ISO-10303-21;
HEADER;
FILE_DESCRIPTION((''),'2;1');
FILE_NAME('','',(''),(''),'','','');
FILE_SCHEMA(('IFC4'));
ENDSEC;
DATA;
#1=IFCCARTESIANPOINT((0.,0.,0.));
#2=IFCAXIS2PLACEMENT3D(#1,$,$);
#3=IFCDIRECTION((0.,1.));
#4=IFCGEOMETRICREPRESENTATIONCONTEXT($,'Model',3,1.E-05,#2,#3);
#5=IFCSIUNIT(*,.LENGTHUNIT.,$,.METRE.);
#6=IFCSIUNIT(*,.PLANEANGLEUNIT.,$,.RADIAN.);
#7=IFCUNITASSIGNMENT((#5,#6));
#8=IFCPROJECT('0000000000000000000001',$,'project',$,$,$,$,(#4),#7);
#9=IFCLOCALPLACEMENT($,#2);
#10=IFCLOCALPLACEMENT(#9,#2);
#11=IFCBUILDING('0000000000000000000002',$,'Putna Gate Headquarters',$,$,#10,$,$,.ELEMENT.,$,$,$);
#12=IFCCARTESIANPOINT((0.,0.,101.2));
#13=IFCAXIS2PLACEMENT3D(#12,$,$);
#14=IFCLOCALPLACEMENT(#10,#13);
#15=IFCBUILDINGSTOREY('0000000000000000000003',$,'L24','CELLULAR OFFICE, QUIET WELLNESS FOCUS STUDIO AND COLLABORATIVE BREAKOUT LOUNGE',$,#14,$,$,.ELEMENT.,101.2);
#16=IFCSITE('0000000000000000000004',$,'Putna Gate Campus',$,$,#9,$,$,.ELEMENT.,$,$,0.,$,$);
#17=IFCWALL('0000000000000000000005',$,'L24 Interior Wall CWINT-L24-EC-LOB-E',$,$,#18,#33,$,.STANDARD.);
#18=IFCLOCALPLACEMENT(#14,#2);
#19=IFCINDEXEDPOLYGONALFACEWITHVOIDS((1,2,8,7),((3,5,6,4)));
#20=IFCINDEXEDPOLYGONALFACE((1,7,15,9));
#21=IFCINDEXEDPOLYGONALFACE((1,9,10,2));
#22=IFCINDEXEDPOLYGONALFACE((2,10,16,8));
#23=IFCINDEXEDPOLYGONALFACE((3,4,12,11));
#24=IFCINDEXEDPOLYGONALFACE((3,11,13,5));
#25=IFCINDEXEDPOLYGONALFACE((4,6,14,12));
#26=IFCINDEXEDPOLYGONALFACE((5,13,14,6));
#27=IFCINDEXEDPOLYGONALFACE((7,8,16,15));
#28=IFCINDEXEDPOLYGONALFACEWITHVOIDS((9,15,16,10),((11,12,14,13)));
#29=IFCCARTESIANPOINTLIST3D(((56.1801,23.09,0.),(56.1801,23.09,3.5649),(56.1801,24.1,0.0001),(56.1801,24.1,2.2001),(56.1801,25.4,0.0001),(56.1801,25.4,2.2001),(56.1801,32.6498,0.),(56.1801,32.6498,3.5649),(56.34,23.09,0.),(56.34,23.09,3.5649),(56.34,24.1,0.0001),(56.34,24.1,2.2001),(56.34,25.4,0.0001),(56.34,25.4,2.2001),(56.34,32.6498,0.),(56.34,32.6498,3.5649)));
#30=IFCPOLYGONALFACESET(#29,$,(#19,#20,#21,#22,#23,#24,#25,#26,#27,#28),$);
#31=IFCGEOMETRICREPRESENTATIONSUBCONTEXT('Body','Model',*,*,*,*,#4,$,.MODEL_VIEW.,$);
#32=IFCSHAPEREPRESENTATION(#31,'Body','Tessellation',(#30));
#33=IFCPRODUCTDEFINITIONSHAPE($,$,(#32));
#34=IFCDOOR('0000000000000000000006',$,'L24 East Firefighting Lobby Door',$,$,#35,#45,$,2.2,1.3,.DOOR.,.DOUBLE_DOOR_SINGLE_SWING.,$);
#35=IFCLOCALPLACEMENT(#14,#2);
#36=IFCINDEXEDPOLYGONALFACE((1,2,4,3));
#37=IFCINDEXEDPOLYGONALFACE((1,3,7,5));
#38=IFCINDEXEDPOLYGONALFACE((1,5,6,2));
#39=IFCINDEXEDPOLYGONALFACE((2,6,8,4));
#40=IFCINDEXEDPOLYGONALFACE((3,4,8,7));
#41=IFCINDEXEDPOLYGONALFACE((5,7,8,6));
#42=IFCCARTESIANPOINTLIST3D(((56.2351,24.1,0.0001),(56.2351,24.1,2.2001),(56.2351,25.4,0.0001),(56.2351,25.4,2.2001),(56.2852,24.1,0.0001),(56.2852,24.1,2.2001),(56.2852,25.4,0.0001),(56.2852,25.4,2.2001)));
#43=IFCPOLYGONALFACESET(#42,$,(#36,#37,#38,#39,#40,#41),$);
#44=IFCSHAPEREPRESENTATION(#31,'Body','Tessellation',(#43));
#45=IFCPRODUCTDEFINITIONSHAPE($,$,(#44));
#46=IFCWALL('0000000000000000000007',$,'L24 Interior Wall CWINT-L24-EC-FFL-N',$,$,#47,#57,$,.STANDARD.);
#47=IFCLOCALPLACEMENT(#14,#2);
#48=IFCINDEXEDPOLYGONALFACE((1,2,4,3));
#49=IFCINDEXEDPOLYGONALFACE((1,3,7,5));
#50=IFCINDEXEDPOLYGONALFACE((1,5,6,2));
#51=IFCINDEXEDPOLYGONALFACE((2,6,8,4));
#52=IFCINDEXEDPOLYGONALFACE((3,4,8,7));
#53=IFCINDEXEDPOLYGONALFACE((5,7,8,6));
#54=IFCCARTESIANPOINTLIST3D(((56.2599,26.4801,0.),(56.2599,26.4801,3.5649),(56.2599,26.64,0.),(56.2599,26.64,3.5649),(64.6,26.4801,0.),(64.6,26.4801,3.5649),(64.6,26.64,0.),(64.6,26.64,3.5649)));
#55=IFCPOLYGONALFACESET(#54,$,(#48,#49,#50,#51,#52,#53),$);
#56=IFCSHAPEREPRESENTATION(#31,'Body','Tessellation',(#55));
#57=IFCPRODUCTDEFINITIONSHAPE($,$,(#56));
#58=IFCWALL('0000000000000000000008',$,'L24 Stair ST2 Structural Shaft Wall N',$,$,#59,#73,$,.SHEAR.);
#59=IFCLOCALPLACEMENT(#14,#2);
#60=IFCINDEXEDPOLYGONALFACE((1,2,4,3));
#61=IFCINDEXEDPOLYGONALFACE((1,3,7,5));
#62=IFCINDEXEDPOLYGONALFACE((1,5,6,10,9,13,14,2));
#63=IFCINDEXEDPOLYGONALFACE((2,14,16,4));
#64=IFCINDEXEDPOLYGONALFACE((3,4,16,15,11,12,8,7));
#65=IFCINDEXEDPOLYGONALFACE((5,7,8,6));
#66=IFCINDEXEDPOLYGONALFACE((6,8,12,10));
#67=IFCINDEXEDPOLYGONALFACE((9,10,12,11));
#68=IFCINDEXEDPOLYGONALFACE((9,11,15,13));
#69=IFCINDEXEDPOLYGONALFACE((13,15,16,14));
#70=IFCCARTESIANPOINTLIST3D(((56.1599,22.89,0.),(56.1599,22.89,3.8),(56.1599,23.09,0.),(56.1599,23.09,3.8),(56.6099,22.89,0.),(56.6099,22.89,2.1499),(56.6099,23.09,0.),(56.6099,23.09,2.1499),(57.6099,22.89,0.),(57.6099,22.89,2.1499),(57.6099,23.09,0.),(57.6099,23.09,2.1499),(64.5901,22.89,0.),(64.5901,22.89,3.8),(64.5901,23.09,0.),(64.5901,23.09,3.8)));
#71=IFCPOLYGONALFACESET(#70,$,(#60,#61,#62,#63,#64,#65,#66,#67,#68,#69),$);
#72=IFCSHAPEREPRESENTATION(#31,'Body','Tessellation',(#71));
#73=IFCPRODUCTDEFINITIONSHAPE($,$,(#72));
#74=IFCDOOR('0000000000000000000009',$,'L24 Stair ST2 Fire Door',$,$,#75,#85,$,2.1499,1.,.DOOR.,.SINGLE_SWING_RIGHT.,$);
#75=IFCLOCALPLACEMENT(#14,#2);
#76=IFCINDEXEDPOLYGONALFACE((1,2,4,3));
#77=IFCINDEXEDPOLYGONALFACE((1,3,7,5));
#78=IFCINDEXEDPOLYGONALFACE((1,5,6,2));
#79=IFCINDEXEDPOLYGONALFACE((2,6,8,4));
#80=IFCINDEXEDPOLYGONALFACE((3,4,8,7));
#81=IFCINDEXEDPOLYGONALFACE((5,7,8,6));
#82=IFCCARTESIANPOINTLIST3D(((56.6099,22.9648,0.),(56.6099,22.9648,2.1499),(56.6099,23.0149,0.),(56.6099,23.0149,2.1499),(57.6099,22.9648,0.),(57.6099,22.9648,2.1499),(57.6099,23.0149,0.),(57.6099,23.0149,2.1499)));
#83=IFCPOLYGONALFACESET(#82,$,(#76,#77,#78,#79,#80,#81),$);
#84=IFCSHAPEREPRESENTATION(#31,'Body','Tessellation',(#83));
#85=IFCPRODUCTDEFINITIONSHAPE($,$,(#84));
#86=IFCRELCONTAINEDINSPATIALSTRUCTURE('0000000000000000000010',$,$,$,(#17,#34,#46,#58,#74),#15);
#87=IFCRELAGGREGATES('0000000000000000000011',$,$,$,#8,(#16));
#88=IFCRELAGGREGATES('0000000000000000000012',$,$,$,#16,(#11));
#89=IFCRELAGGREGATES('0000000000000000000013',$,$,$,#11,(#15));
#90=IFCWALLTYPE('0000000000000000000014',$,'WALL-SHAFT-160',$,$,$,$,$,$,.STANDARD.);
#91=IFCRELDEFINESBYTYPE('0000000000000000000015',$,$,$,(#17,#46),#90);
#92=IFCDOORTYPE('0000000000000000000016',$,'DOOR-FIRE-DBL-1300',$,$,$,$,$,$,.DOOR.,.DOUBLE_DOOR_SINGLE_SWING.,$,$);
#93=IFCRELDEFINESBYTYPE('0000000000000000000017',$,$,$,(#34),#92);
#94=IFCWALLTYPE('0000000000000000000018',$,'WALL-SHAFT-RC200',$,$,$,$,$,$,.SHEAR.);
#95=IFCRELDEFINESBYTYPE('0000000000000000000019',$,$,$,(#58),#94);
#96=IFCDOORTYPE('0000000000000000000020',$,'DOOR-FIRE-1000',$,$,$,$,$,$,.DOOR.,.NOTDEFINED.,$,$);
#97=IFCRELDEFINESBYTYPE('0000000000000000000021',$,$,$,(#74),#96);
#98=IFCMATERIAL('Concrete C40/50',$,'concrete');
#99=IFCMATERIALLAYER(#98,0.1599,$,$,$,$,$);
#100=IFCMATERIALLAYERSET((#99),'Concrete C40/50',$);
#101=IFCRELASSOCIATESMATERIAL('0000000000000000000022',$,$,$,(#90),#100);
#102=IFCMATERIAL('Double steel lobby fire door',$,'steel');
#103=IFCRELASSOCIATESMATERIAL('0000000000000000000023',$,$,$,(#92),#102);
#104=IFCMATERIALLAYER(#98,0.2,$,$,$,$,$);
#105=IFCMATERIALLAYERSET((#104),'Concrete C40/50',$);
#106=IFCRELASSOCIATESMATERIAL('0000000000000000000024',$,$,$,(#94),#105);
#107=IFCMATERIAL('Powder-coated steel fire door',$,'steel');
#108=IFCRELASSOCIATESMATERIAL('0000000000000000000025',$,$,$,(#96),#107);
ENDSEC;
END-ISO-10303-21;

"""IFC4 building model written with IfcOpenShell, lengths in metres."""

from ifc_helpers import new_model, si_unit, direction, frame, frame_2d, origin, place, context, subcontext, project, spatial, rectangle, extrude, material, layer, layer_set, type_object, element, fill, save


model = new_model("IFC4")

# Units and contexts
model_context = context("Model", 3, precision=1e-05, world=origin(), true_north=direction((0.0, 1.0)))
body_context = subcontext(model_context, "Body", "Model", "MODEL_VIEW")
ifc_project = project(units=[si_unit("LENGTHUNIT", "METRE"), si_unit("PLANEANGLEUNIT", "RADIAN")], contexts=[model_context])

# Site, building, storey
site_placement = place(None, origin())
site = spatial("IfcSite", under=ifc_project, at=site_placement, Name="Putna Gate Campus", CompositionType="ELEMENT", RefElevation=0.0)
building_placement = place(site_placement, origin())
building = spatial("IfcBuilding", under=site, at=building_placement, Name="Putna Gate Headquarters", CompositionType="ELEMENT")
storey_placement = place(building_placement, frame((0.0, 0.0, 101.2)))
storey = spatial("IfcBuildingStorey", under=building, at=storey_placement, Name="L24", Description="CELLULAR OFFICE, QUIET WELLNESS FOCUS STUDIO AND COLLABORATIVE BREAKOUT LOUNGE", CompositionType="ELEMENT", Elevation=101.2)

# Wall, opening, door
ifc_material_1 = material(Name="Concrete C40/50", Category="concrete")
ifc_layer_1 = layer(ifc_material_1, 0.1599)
ifc_layer_set_1 = layer_set([ifc_layer_1], Name="Concrete C40/50")
wall_type_1 = type_object("IfcWallType", Name="WALL-SHAFT-160", PredefinedType="STANDARD", material=ifc_layer_set_1)
wall_1_placement = place(storey_placement, frame((56.26, 23.0901, 0.0), z_axis=(0.0, 0.0, 1.0), x_axis=(0.0, 1.0, 0.0)))
wall_1 = element("IfcWall", 1, at=wall_1_placement, inside=storey, type_object=wall_type_1, Name="L24 Interior Wall CWINT-L24-EC-LOB-E", PredefinedType="STANDARD", context=body_context, shape_type="SweptSolid", body=[
    extrude(rectangle(XDim=9.5598, YDim=0.1599, at=frame_2d((4.7798, 0.0))), origin(), (0.0, 0.0, 1.0), 3.5649),
])
opening_1_placement = place(wall_1_placement, frame((1.01, 0.0, 0.0)))
opening_1 = element("IfcOpeningElement", 2, at=opening_1_placement, cuts=wall_1, PredefinedType="OPENING", context=body_context, shape_type="SweptSolid", body=[
    extrude(rectangle(XDim=1.3, YDim=2.2, at=frame_2d((0.6499, 1.1001))), frame((0.0, 0.0898, 0.0), z_axis=(0.0, -1.0, 0.0), x_axis=(1.0, 0.0, 0.0)), (0.0, 0.0, 1.0), 0.1799),
])
ifc_material_2 = material(Name="Double steel lobby fire door", Category="steel")
door_type_1 = type_object("IfcDoorType", Name="DOOR-FIRE-DBL-1300", OperationType="DOUBLE_DOOR_SINGLE_SWING", PredefinedType="DOOR", material=ifc_material_2)
door_1_placement = place(opening_1_placement, origin())
door_1 = element("IfcDoor", 3, at=door_1_placement, inside=storey, type_object=door_type_1, Name="L24 East Firefighting Lobby Door", OperationType="DOUBLE_DOOR_SINGLE_SWING", OverallHeight=2.2, OverallWidth=1.3, PredefinedType="DOOR", context=body_context, shape_type="SweptSolid", body=[
    extrude(rectangle(XDim=1.3, YDim=2.2, at=frame_2d((0.6499, 1.1001))), frame((0.0, 0.0249, 0.0), z_axis=(0.0, -1.0, 0.0), x_axis=(1.0, 0.0, 0.0)), (0.0, 0.0, 1.0), 0.05),
])
fill(opening_1, door_1)

# Wall
wall_2_placement = place(storey_placement, frame((56.26, 26.5601, 0.0), z_axis=(0.0, 0.0, 1.0), x_axis=(1.0, 0.0, 0.0)))
element("IfcWall", 4, at=wall_2_placement, inside=storey, type_object=wall_type_1, Name="L24 Interior Wall CWINT-L24-EC-FFL-N", PredefinedType="STANDARD", context=body_context, shape_type="SweptSolid", body=[
    extrude(rectangle(XDim=8.3401, YDim=0.1599, at=frame_2d((4.1699, 0.0))), origin(), (0.0, 0.0, 1.0), 3.5649),
])

# Wall, opening, door
ifc_layer_2 = layer(ifc_material_1, 0.2)
ifc_layer_set_2 = layer_set([ifc_layer_2], Name="Concrete C40/50")
wall_type_2 = type_object("IfcWallType", Name="WALL-SHAFT-RC200", PredefinedType="SHEAR", material=ifc_layer_set_2)
wall_3_placement = place(storey_placement, frame((56.1599, 22.99, 0.0), z_axis=(0.0, 0.0, 1.0), x_axis=(1.0, 0.0, 0.0)))
wall_3 = element("IfcWall", 5, at=wall_3_placement, inside=storey, type_object=wall_type_2, Name="L24 Stair ST2 Structural Shaft Wall N", PredefinedType="SHEAR", context=body_context, shape_type="SweptSolid", body=[
    extrude(rectangle(XDim=8.4302, YDim=0.2, at=frame_2d((4.2151, 0.0))), origin(), (0.0, 0.0, 1.0), 3.8),
])
opening_2_placement = place(wall_3_placement, frame((0.45, 0.0, 0.0)))
opening_2 = element("IfcOpeningElement", 6, at=opening_2_placement, cuts=wall_3, PredefinedType="OPENING", context=body_context, shape_type="SweptSolid", body=[
    extrude(rectangle(XDim=1.0, YDim=2.1499, at=frame_2d((0.5, 1.075))), frame((0.0, 0.1099, 0.0), z_axis=(0.0, -1.0, 0.0), x_axis=(1.0, 0.0, 0.0)), (0.0, 0.0, 1.0), 0.22),
])
ifc_material_3 = material(Name="Powder-coated steel fire door", Category="steel")
door_type_2 = type_object("IfcDoorType", Name="DOOR-FIRE-1000", OperationType="NOTDEFINED", PredefinedType="DOOR", material=ifc_material_3)
door_2_placement = place(opening_2_placement, origin())
door_2 = element("IfcDoor", 7, at=door_2_placement, inside=storey, type_object=door_type_2, Name="L24 Stair ST2 Fire Door", OperationType="SINGLE_SWING_RIGHT", OverallHeight=2.1499, OverallWidth=1.0, PredefinedType="DOOR", context=body_context, shape_type="SweptSolid", body=[
    extrude(rectangle(XDim=1.0, YDim=2.1499, at=frame_2d((0.5, 1.075))), frame((0.0, 0.0249, 0.0), z_axis=(0.0, -1.0, 0.0), x_axis=(1.0, 0.0, 0.0)), (0.0, 0.0, 1.0), 0.05),
])
fill(opening_2, door_2)

save(model, "model.ifc")
